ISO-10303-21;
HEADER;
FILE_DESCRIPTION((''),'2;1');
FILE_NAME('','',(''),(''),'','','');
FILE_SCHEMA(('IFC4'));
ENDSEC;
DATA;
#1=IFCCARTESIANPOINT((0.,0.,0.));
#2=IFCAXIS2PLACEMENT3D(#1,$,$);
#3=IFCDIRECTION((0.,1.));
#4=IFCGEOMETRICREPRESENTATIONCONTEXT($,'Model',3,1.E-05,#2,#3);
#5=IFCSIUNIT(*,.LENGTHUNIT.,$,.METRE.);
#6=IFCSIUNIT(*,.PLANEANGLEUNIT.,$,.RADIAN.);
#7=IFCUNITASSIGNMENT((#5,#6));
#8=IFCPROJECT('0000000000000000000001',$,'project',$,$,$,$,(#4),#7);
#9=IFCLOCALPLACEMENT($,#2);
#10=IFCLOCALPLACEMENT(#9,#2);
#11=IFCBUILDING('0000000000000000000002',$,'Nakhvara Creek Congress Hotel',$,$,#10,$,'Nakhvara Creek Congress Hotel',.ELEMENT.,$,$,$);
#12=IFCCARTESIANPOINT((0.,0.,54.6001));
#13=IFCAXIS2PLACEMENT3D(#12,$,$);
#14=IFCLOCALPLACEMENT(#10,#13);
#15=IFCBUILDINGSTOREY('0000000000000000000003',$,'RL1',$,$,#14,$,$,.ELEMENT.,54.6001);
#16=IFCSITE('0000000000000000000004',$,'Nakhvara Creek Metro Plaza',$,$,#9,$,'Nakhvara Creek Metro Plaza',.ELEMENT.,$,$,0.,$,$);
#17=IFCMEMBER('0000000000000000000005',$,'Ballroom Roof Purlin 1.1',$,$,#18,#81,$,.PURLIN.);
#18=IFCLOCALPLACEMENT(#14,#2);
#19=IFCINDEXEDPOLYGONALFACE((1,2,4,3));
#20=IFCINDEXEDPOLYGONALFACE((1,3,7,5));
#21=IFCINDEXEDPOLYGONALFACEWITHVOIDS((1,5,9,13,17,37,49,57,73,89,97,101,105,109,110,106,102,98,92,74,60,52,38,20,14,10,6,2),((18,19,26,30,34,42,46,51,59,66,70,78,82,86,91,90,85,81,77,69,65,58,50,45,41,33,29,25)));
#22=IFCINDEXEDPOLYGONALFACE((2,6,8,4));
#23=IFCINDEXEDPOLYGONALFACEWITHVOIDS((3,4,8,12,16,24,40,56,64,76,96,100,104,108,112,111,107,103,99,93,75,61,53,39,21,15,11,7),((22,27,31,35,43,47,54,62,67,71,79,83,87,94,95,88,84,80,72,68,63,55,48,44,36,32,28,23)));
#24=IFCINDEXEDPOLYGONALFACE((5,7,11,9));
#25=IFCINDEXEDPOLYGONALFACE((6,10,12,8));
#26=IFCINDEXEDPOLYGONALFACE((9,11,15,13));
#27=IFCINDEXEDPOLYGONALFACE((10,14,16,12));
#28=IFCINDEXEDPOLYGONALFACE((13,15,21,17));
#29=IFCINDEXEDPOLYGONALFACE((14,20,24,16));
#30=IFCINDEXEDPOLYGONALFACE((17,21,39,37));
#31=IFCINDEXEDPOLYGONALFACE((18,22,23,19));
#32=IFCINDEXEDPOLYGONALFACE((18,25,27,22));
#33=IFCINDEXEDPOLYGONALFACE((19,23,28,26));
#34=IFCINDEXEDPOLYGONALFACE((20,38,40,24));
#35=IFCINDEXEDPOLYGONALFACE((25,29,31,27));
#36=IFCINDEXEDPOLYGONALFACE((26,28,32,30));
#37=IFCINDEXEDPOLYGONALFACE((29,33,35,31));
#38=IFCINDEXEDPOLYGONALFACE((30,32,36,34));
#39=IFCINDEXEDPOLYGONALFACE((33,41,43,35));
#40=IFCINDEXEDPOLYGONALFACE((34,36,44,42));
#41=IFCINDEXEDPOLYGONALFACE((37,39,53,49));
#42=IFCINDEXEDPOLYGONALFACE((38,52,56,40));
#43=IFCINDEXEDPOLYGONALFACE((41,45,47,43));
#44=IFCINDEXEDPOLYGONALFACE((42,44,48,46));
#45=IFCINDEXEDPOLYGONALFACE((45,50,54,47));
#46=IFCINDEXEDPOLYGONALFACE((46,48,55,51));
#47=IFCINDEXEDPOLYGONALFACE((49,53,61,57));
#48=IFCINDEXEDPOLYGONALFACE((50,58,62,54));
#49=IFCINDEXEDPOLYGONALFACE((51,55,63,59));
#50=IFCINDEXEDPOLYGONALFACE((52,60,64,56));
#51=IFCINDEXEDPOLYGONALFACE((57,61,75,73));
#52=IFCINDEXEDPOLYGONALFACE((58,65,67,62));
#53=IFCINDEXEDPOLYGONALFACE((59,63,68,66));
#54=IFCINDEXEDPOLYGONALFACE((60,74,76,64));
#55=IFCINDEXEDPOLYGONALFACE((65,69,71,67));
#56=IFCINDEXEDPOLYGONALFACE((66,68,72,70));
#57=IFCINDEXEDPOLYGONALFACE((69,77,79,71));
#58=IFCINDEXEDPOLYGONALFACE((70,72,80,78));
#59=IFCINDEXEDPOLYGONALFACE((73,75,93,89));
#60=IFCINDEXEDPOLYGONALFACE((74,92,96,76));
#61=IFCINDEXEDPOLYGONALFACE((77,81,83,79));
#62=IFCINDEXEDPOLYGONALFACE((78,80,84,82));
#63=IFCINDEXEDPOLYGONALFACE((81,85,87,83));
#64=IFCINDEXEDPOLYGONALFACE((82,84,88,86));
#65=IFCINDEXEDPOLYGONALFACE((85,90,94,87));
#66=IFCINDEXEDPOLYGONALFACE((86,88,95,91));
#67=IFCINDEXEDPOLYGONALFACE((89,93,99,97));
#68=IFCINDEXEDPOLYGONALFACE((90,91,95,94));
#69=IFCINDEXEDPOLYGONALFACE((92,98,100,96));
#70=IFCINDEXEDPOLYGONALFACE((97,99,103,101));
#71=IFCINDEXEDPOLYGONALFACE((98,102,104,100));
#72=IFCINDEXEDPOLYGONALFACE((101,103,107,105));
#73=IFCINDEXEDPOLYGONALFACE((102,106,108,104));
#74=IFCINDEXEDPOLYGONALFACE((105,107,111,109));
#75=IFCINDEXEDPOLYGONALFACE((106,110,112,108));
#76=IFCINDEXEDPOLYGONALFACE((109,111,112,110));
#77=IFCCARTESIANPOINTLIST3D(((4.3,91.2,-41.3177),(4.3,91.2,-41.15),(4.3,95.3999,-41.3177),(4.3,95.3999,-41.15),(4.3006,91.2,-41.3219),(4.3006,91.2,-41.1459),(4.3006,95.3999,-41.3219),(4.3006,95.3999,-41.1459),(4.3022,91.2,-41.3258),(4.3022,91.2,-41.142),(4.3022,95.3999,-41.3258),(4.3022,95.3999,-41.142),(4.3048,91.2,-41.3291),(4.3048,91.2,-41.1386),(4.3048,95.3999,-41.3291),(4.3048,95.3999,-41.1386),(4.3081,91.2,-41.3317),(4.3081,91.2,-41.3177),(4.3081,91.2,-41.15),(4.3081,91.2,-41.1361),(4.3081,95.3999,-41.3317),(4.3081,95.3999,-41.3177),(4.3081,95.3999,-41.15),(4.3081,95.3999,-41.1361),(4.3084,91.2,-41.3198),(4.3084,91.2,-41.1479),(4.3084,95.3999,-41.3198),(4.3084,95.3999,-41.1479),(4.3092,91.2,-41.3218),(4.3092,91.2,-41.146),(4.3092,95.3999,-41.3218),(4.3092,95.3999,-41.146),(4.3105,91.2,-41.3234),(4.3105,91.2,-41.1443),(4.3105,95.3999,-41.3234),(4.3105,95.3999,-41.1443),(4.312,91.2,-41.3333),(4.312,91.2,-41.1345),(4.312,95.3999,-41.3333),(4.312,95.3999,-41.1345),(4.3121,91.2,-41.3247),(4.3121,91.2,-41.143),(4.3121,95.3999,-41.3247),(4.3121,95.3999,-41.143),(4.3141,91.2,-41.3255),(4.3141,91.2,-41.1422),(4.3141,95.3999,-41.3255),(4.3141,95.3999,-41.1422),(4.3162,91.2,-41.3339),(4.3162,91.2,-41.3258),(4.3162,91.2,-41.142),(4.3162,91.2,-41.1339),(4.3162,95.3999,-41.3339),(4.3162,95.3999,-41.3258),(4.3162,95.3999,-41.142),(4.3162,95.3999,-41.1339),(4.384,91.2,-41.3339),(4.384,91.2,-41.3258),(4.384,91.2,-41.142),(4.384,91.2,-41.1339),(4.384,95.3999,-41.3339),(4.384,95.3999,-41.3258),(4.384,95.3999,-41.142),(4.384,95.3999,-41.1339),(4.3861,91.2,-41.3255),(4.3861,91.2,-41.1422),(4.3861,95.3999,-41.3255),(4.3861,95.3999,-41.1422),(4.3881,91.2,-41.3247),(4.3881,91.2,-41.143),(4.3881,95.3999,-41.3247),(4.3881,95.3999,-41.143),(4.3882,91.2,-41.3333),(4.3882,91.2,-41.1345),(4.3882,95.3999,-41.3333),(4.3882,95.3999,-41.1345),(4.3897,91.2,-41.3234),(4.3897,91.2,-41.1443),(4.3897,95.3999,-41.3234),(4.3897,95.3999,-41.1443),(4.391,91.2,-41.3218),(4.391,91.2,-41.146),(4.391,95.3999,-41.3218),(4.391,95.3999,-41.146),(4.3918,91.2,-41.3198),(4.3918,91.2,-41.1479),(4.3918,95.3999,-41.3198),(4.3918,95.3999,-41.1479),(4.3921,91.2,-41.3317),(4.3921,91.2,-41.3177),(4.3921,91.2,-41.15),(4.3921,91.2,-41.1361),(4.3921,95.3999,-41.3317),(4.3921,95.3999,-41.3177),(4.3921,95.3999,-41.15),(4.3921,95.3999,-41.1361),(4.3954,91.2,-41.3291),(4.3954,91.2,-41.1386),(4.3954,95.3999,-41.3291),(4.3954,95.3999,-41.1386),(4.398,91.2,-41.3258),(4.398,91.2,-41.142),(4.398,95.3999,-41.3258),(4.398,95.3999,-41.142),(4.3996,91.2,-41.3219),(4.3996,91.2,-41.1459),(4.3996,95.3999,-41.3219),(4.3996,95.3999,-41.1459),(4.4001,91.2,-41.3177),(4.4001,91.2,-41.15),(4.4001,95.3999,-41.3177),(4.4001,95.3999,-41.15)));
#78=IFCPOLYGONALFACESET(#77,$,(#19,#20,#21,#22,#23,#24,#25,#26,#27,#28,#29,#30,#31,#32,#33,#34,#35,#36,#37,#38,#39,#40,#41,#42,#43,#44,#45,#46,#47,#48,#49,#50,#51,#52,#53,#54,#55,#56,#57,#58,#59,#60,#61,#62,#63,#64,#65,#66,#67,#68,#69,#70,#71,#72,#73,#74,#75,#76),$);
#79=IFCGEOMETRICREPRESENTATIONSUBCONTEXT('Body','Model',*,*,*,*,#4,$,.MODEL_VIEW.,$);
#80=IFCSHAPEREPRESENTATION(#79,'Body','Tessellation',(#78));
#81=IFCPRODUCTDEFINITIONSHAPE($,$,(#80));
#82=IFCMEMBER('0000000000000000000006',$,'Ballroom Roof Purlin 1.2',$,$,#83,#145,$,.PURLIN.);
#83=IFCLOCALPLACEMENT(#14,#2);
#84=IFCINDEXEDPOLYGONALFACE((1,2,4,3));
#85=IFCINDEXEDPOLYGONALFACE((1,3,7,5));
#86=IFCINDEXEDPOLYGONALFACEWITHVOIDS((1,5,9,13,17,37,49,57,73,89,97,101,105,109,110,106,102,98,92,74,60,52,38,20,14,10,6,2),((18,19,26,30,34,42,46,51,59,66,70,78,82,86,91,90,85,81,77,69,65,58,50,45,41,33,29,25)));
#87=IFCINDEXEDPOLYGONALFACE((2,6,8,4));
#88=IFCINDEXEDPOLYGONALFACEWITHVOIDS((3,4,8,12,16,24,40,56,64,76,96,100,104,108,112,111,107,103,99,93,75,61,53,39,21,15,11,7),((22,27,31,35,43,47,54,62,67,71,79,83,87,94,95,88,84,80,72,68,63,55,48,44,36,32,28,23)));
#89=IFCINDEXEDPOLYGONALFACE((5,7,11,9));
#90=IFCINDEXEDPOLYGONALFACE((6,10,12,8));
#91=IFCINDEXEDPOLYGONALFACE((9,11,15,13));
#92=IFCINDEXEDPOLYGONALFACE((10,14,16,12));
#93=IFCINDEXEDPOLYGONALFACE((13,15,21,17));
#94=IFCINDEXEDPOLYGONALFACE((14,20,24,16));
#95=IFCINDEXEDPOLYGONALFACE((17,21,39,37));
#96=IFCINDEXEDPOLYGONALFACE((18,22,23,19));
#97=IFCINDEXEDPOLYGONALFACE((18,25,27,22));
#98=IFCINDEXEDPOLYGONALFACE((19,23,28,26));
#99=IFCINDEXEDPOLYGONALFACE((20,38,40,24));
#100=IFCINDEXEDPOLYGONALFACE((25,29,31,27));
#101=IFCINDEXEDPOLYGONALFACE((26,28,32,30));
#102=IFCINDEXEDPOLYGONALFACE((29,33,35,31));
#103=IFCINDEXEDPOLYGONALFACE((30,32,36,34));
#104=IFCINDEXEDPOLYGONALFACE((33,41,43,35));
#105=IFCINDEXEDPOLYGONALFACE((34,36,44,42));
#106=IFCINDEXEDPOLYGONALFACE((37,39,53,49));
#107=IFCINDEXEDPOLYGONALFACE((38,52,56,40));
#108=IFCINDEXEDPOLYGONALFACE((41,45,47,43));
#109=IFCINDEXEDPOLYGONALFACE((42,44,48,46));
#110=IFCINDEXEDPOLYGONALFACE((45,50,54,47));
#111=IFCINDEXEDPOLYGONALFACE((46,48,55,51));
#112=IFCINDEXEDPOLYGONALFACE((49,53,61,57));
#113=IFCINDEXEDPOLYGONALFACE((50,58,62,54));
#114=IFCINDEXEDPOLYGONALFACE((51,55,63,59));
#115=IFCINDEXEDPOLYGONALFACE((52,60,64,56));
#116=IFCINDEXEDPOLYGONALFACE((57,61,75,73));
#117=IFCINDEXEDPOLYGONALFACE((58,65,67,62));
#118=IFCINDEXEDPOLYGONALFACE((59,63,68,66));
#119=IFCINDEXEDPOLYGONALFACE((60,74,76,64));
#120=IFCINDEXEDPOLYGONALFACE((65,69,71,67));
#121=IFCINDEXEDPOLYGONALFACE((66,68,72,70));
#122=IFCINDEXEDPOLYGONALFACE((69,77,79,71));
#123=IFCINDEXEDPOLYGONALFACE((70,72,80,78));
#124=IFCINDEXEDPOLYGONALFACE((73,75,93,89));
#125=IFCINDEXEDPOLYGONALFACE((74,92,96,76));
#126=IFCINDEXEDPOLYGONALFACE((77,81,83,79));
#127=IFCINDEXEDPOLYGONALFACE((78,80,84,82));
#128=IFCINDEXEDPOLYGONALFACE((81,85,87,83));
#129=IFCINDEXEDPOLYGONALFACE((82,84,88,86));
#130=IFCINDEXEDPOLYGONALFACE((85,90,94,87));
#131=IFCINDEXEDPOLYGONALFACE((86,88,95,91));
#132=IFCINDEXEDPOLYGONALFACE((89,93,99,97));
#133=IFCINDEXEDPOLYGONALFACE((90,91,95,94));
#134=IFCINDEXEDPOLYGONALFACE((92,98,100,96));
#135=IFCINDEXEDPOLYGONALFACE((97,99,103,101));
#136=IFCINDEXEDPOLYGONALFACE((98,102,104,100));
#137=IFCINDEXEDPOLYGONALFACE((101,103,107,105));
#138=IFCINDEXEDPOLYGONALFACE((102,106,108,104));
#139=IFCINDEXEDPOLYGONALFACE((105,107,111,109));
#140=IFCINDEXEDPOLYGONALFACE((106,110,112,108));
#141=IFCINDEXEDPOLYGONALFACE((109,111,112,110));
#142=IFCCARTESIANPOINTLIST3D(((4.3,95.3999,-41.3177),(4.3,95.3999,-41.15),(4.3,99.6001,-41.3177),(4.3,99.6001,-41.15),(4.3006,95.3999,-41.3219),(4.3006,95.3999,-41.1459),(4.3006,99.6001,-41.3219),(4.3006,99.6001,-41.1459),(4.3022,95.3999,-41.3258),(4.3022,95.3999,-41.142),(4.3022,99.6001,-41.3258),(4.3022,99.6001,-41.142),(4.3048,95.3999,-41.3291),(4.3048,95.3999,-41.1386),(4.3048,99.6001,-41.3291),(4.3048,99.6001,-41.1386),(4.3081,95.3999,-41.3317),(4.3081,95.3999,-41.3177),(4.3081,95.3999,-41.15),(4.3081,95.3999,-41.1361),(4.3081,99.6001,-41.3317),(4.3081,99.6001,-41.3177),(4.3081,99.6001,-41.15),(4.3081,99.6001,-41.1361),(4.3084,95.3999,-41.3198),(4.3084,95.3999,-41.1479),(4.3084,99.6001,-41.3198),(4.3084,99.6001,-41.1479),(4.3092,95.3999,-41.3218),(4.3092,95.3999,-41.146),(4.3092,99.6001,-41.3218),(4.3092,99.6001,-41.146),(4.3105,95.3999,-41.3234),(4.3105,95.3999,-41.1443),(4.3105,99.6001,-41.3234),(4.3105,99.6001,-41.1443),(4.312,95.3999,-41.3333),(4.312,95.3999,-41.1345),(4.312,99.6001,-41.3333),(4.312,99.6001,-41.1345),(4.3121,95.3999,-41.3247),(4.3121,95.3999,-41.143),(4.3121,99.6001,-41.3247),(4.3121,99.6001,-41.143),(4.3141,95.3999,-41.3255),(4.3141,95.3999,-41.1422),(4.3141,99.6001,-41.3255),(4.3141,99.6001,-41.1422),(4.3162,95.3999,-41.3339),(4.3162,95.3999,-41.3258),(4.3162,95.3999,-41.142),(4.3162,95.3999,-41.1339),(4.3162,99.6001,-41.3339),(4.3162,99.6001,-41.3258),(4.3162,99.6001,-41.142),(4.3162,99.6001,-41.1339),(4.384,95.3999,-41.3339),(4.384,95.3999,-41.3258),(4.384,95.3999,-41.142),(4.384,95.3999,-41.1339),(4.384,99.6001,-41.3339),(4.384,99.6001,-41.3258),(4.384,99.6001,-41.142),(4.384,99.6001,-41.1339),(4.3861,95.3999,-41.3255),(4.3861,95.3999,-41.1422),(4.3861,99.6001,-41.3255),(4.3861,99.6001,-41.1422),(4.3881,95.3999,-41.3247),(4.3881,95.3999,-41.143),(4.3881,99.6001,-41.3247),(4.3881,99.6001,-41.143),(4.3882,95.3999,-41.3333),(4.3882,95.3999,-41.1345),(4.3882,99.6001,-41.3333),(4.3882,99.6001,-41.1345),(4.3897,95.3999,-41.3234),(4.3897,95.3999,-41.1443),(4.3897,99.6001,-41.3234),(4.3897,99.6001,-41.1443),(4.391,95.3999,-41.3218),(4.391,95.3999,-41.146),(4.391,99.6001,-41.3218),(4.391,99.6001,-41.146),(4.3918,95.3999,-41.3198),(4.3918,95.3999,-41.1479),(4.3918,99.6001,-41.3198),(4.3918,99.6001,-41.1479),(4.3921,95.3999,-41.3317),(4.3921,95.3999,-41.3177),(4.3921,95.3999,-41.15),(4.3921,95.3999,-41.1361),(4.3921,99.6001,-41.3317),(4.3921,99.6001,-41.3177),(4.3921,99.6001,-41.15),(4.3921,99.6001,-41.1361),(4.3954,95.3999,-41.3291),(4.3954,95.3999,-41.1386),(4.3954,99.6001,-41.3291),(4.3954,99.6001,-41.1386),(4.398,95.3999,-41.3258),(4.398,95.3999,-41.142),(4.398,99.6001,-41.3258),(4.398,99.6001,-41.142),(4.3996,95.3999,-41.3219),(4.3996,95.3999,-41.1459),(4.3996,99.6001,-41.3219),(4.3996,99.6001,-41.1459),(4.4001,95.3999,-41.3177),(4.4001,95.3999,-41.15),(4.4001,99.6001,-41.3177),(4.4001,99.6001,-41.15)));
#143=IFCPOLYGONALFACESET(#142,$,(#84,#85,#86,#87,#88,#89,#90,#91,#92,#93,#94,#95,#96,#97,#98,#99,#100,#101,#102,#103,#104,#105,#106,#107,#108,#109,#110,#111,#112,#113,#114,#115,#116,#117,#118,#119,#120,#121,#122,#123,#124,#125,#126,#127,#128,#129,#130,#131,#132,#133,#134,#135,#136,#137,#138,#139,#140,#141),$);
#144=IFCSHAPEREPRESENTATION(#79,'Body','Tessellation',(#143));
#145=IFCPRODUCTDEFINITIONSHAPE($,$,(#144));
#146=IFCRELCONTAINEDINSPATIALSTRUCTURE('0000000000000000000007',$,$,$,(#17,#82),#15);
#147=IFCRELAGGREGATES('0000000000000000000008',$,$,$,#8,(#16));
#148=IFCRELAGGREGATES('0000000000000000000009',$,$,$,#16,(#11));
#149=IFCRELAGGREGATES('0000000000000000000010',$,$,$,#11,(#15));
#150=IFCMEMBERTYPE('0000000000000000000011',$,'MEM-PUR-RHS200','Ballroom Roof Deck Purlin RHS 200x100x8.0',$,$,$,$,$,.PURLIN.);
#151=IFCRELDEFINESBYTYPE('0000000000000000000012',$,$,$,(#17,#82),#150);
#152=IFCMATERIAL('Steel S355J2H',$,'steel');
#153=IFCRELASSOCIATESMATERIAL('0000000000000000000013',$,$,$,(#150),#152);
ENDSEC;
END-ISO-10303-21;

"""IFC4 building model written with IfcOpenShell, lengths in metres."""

from ifc_helpers import new_model, si_unit, direction, frame, origin, origin_2d, place, context, subcontext, project, spatial, hollow_rectangle, extrude, material, material_profile, profile_set, type_object, element, save


model = new_model("IFC4")

# Units and contexts
model_context = context("Model", 3, precision=1e-05, world=origin(), true_north=direction((0.0, 1.0)))
body_context = subcontext(model_context, "Body", "Model", "MODEL_VIEW")
ifc_project = project(units=[si_unit("LENGTHUNIT", "METRE"), si_unit("PLANEANGLEUNIT", "RADIAN")], contexts=[model_context])

# Site, building, storey
site_placement = place(None, origin())
site = spatial("IfcSite", under=ifc_project, at=site_placement, Name="Nakhvara Creek Metro Plaza", LongName="Nakhvara Creek Metro Plaza", CompositionType="ELEMENT", RefElevation=0.0)
building_placement = place(site_placement, origin())
building = spatial("IfcBuilding", under=site, at=building_placement, Name="Nakhvara Creek Congress Hotel", LongName="Nakhvara Creek Congress Hotel", CompositionType="ELEMENT")
storey_placement = place(building_placement, frame((0.0, 0.0, 54.6001)))
storey = spatial("IfcBuildingStorey", under=building, at=storey_placement, Name="RL1", CompositionType="ELEMENT", Elevation=54.6001)

# Members
ifc_material_1 = material(Name="Steel S355J2H", Category="steel")
ifc_material_profile_1 = material_profile(ifc_material_1, hollow_rectangle(XDim=0.1001, YDim=0.2, WallThickness=0.0081, InnerFilletRadius=0.0081, OuterFilletRadius=0.0161, at=origin_2d()), Name="RHS 200x100x8.0", Category="LoadBearing")
ifc_profile_set_1 = profile_set([ifc_material_profile_1], Name="Steel S355J2H")
member_type_1 = type_object("IfcMemberType", Name="MEM-PUR-RHS200", Description="Ballroom Roof Deck Purlin RHS 200x100x8.0", PredefinedType="PURLIN", material=ifc_profile_set_1)
member_1_placement = place(storey_placement, frame((4.3501, 91.2, -41.2339), z_axis=(0.0, 1.0, 0.0), x_axis=(-1.0, 0.0, 0.0)))
element("IfcMember", 1, at=member_1_placement, inside=storey, type_object=member_type_1, Name="Ballroom Roof Purlin 1.1", PredefinedType="PURLIN", context=body_context, shape_type="SweptSolid", body=[
    extrude(hollow_rectangle(XDim=0.1001, YDim=0.2, WallThickness=0.0081, InnerFilletRadius=0.0081, OuterFilletRadius=0.0161, at=origin_2d()), origin(), (0.0, 0.0, 1.0), 4.2),
])
member_2_placement = place(storey_placement, frame((4.3501, 95.3999, -41.2339), z_axis=(0.0, 1.0, 0.0), x_axis=(-1.0, 0.0, 0.0)))
element("IfcMember", 2, at=member_2_placement, inside=storey, type_object=member_type_1, Name="Ballroom Roof Purlin 1.2", PredefinedType="PURLIN", context=body_context, shape_type="SweptSolid", body=[
    extrude(hollow_rectangle(XDim=0.1001, YDim=0.2, WallThickness=0.0081, InnerFilletRadius=0.0081, OuterFilletRadius=0.0161, at=origin_2d()), origin(), (0.0, 0.0, 1.0), 4.2002),
])

save(model, "model.ifc")
